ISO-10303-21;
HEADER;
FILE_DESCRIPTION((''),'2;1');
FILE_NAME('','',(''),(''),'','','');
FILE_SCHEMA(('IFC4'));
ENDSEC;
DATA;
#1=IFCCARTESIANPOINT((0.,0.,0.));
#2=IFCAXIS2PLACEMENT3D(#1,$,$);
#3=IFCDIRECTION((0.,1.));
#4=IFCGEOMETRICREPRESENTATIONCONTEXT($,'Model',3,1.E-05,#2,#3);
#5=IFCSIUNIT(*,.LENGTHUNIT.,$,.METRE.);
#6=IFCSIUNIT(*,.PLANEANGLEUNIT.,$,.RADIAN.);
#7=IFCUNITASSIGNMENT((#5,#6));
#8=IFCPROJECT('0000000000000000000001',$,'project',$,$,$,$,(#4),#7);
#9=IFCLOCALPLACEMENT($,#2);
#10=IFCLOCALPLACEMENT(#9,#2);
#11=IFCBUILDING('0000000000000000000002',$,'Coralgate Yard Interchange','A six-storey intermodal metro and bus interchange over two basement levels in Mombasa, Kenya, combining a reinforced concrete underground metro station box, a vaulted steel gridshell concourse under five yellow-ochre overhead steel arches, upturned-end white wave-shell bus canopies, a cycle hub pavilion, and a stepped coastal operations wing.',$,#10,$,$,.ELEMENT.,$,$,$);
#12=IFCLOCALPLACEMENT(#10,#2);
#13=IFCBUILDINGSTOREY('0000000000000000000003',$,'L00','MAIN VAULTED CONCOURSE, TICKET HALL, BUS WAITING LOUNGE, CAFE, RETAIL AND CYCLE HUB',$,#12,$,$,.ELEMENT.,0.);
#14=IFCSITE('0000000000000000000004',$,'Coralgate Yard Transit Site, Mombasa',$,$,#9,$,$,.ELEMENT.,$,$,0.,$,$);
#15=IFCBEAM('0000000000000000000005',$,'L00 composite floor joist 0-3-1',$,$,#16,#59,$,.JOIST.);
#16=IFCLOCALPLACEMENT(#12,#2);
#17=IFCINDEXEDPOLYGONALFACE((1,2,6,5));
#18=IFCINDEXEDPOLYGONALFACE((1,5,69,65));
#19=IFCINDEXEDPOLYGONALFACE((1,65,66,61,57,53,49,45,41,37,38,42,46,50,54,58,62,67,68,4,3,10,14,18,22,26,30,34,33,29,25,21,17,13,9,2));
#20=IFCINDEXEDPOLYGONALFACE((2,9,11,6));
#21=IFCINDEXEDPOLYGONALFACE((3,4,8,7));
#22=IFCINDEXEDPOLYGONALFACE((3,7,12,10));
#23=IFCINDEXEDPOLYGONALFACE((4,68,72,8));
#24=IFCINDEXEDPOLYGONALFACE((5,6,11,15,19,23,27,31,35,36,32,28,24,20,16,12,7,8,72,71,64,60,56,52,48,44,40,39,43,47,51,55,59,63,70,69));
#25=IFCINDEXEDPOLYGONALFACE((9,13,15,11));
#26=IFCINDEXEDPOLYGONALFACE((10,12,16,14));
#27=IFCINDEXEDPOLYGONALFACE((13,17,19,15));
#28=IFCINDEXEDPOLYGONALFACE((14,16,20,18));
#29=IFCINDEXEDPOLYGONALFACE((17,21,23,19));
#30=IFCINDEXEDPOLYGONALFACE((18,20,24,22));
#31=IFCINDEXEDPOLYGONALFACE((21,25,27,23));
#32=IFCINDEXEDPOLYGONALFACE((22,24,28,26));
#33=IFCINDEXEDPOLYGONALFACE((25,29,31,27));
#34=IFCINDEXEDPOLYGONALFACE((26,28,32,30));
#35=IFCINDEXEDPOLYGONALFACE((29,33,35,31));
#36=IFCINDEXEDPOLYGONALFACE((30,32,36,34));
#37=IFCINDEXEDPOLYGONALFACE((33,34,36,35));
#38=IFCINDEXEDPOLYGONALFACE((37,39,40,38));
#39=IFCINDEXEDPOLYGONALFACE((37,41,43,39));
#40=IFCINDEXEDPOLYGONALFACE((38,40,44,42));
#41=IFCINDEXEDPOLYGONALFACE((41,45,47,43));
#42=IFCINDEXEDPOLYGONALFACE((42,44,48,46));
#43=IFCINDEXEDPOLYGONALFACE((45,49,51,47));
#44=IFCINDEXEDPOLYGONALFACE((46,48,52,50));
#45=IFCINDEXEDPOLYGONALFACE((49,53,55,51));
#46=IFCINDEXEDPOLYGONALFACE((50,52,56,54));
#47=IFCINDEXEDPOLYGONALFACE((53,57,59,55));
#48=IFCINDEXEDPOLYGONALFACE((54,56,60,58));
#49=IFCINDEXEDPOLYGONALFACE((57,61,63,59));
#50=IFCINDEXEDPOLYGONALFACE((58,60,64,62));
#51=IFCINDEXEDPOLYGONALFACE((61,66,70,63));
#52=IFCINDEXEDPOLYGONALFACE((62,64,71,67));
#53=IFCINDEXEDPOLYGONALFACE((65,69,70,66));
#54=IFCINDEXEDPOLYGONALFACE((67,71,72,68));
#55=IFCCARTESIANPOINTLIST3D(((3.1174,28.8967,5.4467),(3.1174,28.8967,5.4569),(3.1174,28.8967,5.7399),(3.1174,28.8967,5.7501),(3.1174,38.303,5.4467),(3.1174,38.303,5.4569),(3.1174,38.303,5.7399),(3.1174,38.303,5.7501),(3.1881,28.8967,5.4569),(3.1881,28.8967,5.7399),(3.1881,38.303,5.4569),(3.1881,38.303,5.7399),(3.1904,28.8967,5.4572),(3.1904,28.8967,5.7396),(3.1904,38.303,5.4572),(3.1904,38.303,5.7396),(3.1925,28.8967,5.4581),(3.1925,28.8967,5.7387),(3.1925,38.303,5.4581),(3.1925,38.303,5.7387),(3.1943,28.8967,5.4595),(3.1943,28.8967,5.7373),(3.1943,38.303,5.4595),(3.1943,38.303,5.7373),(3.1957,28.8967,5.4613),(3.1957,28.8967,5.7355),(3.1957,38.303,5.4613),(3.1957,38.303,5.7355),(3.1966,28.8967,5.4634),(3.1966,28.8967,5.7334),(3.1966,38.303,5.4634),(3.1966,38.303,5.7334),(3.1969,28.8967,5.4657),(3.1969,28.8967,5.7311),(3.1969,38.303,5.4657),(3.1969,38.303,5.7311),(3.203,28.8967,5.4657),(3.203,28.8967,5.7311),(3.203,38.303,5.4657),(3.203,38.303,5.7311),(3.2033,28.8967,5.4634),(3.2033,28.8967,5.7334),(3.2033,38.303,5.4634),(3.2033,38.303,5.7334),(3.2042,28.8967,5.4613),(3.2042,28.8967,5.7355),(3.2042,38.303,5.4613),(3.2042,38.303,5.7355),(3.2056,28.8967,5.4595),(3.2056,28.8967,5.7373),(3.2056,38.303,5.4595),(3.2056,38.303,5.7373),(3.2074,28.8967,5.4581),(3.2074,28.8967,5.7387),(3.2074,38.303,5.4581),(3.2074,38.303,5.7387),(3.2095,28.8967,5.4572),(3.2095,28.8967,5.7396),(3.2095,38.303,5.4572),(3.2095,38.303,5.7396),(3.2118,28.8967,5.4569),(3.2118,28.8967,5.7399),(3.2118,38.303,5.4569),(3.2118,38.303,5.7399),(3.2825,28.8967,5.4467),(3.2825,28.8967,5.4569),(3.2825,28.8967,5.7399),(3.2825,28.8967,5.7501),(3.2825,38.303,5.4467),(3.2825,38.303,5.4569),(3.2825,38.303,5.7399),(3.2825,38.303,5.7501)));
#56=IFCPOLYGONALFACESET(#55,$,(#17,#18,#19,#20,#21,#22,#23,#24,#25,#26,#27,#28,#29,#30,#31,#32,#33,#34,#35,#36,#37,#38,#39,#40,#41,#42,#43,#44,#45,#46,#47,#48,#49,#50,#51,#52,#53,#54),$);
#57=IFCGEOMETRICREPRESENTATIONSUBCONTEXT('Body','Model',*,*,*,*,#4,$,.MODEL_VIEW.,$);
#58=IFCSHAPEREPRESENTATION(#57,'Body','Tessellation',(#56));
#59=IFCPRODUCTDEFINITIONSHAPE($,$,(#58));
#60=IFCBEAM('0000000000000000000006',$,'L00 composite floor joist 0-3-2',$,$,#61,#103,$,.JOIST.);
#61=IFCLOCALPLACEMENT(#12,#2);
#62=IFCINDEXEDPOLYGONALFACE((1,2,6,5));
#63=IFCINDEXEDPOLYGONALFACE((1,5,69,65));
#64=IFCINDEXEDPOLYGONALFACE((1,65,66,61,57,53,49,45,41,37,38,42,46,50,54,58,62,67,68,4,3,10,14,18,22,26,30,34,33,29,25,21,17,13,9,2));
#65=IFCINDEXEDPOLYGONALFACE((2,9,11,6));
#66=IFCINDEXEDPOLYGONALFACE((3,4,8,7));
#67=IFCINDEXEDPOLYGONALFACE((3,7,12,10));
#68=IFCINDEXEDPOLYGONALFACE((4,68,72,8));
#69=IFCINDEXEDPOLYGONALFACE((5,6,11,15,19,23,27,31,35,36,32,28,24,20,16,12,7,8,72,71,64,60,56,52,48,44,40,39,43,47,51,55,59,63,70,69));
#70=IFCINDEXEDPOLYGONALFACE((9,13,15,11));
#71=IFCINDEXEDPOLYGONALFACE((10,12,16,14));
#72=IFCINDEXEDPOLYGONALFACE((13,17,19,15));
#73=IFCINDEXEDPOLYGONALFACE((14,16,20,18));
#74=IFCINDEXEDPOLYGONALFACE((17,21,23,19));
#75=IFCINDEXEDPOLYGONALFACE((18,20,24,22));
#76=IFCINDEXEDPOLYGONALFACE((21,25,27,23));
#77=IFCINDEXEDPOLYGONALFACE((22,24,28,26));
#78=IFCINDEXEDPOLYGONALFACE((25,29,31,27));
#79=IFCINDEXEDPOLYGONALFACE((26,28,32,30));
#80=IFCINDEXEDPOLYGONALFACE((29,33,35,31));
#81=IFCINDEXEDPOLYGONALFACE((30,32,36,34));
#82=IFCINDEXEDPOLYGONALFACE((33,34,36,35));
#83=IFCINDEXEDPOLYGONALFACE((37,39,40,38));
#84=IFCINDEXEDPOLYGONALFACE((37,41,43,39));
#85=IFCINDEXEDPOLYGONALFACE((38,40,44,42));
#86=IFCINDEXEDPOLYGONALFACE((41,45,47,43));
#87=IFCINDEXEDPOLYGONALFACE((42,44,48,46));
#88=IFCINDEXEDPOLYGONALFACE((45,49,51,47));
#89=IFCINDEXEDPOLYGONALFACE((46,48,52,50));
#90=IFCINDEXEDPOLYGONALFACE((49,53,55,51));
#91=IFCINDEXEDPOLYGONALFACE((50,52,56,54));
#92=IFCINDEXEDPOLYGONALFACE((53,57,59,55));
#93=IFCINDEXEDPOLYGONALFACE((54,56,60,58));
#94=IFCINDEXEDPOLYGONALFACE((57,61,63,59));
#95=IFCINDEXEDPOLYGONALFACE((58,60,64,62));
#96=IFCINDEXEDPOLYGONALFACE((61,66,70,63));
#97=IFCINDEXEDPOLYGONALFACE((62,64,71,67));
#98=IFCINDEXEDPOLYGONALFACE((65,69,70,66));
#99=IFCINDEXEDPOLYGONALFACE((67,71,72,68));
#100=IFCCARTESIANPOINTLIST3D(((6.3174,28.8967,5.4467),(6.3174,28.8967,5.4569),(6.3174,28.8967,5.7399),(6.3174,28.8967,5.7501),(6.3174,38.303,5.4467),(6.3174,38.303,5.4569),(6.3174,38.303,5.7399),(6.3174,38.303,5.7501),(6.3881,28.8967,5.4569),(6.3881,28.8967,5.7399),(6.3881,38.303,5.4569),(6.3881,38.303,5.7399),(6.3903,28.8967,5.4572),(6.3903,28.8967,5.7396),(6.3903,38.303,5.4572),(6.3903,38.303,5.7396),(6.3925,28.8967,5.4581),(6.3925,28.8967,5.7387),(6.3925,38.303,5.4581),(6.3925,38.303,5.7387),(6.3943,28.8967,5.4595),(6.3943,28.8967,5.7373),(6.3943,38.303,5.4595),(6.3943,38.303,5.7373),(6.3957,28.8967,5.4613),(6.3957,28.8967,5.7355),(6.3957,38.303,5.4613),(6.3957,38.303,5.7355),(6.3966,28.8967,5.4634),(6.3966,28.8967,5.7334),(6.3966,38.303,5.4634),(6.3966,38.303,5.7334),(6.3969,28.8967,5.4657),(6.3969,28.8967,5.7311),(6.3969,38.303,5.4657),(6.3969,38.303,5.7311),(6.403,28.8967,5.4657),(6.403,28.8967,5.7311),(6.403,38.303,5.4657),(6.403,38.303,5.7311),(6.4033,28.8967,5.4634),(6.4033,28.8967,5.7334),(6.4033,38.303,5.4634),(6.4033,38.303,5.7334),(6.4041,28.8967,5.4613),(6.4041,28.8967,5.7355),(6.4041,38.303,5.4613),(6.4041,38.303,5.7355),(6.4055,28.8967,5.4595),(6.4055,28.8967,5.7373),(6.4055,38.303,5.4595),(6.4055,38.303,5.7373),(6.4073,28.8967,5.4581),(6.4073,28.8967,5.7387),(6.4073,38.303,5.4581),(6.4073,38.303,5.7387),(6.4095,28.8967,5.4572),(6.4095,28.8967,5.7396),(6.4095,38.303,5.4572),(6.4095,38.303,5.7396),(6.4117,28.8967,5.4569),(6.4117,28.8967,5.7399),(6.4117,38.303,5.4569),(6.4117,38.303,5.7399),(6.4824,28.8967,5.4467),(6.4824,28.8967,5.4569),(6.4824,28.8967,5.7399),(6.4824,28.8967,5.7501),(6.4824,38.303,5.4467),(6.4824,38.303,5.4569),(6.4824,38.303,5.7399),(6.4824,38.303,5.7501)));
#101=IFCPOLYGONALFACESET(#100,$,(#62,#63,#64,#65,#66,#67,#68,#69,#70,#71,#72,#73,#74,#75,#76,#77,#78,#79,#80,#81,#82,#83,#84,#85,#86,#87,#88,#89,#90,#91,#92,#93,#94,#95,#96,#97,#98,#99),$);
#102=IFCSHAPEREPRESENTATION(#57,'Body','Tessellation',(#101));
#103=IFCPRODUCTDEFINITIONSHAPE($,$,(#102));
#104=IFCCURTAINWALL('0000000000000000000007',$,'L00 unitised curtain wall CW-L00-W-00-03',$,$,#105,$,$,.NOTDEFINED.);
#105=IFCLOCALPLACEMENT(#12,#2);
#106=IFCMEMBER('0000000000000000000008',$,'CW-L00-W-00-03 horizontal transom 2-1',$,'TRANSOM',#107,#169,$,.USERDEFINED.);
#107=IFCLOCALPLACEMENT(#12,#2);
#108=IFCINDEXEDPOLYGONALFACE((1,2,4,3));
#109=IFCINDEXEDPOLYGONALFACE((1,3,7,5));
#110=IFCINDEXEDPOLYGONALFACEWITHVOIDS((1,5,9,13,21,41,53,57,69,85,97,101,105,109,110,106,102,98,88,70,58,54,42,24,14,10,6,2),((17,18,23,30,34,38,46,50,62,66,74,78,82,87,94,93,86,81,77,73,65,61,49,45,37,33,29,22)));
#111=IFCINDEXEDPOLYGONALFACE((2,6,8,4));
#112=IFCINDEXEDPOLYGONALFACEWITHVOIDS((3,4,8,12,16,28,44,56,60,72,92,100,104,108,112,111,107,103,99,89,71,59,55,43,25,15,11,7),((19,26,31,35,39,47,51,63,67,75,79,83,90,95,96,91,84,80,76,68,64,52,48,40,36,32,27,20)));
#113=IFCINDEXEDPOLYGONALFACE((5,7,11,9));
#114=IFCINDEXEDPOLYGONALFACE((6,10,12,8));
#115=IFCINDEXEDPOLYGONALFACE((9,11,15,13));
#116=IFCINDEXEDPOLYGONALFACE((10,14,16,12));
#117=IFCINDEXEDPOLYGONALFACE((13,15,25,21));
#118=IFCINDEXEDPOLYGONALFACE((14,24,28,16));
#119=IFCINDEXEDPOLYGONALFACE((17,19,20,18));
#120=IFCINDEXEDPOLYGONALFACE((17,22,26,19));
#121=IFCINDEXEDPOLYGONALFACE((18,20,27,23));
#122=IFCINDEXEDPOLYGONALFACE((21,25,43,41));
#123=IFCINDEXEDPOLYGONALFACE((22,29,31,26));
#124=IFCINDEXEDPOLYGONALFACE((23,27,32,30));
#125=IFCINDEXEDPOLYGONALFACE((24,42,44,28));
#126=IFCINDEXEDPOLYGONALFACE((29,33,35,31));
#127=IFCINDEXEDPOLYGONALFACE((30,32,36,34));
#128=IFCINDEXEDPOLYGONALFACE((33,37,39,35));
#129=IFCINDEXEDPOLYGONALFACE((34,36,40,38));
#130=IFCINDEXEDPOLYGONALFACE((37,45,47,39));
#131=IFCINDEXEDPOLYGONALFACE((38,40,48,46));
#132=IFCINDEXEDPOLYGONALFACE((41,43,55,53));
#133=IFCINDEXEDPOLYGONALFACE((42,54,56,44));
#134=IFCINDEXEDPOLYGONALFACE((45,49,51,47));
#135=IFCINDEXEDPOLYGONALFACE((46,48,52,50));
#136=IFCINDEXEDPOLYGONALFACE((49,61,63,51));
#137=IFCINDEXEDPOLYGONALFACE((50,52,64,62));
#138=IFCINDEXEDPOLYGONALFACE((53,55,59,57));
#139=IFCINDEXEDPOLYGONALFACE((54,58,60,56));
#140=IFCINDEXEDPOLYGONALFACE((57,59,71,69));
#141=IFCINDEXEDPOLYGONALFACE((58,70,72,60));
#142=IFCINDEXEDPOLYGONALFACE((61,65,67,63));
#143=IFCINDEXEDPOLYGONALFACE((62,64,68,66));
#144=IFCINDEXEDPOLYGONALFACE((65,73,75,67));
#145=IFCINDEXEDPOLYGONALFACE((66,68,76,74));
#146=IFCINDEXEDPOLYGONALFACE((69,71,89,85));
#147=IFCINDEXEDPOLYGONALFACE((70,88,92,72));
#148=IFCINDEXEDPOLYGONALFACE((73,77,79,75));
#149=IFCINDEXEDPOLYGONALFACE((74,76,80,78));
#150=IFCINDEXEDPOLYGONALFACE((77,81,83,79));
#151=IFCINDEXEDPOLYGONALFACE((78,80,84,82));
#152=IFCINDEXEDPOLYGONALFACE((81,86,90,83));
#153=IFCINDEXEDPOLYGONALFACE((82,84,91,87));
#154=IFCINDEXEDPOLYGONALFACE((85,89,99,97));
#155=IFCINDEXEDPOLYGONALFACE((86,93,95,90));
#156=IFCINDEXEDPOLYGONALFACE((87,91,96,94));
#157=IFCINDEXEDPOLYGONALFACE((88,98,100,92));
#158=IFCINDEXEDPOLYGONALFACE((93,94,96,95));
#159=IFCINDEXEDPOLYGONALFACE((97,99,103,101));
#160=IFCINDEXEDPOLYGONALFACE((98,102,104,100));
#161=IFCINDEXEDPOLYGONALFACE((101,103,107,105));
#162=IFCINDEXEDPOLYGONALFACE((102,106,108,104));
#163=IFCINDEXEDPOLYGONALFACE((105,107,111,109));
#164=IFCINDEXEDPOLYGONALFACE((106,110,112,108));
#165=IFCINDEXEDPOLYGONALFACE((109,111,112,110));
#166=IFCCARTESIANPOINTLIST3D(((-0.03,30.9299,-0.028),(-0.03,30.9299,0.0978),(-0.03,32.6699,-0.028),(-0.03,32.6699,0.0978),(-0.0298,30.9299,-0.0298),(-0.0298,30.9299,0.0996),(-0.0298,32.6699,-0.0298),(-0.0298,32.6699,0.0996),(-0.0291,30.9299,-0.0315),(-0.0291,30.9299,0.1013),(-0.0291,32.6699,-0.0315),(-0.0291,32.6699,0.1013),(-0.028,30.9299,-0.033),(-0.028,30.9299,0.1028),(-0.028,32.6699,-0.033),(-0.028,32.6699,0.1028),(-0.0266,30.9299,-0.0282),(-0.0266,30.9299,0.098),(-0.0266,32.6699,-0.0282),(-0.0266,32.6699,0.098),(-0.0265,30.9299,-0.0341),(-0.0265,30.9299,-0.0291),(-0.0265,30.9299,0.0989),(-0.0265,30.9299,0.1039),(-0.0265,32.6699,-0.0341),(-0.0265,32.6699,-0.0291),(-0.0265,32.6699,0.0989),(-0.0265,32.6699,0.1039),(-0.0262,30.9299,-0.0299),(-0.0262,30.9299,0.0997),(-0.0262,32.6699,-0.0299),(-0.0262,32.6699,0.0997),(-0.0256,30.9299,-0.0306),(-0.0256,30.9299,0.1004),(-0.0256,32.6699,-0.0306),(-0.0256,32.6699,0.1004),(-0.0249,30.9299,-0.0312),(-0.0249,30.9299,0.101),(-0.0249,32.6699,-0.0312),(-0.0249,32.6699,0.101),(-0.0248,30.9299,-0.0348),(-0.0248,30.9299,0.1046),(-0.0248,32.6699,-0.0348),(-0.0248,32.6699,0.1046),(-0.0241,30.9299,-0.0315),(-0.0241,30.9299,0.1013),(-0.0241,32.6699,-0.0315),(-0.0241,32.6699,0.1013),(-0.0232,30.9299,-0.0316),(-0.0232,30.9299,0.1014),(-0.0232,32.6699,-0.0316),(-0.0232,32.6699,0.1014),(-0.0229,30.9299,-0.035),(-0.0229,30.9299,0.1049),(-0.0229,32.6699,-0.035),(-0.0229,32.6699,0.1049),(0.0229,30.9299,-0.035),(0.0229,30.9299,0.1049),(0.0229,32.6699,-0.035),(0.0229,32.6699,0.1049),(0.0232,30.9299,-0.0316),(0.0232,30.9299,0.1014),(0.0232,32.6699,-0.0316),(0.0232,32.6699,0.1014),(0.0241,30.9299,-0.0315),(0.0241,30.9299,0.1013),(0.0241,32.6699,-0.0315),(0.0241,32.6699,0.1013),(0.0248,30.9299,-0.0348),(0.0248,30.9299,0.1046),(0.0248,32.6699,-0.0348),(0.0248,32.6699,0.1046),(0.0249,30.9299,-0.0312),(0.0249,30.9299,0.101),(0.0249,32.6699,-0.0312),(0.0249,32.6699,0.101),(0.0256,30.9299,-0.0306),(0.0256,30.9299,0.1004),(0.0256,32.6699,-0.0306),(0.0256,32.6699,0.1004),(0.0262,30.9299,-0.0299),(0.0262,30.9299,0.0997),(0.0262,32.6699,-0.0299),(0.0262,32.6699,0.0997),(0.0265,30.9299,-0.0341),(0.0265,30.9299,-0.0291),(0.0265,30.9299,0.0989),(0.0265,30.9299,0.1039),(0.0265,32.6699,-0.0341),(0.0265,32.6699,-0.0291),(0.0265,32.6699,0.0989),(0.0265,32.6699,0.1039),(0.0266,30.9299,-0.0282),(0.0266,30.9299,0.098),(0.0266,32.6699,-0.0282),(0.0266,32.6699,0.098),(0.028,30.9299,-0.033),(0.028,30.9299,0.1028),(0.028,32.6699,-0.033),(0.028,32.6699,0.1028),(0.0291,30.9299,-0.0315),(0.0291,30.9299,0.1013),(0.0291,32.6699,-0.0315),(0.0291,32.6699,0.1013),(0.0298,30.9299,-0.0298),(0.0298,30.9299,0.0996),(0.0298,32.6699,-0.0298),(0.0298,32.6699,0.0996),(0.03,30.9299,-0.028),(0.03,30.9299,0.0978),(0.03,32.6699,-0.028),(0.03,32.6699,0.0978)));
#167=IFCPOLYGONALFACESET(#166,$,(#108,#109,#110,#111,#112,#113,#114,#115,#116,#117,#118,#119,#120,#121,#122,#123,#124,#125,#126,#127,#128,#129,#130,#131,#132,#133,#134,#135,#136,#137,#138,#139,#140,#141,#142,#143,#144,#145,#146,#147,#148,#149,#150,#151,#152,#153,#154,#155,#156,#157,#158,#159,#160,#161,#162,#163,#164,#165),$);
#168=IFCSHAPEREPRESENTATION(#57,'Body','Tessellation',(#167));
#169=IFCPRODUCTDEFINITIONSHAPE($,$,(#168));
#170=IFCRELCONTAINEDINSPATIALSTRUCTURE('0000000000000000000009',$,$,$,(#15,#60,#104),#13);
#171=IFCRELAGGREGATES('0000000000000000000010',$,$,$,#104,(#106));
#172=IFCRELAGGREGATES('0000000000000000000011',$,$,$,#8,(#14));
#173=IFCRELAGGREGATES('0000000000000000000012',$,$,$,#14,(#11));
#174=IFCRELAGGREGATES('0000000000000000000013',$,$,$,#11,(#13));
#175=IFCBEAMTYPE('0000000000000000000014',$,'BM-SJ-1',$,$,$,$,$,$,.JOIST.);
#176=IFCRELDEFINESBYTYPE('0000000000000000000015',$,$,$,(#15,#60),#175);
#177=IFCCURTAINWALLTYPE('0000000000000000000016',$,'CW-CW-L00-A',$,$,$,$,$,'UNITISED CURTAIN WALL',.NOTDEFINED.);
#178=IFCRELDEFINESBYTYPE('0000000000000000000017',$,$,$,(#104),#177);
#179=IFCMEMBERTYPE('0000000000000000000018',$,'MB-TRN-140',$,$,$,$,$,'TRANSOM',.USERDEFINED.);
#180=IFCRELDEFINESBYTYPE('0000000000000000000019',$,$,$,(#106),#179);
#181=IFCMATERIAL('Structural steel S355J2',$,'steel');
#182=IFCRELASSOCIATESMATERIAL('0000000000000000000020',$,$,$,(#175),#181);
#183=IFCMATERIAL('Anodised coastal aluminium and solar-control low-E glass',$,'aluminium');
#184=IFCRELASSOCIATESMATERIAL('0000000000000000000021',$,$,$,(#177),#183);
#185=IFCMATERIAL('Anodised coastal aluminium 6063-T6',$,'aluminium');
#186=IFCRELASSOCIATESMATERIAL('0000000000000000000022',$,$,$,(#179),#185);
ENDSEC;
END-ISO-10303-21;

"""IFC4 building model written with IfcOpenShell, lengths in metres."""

from ifc_helpers import new_model, si_unit, direction, frame, origin, origin_2d, place, context, subcontext, project, spatial, hollow_rectangle, i_section, extrude, material, material_profile, profile_set, type_object, element, aggregate, save


model = new_model("IFC4")

# Units and contexts
model_context = context("Model", 3, precision=1e-05, world=origin(), true_north=direction((0.0, 1.0)))
body_context = subcontext(model_context, "Body", "Model", "MODEL_VIEW")
ifc_project = project(units=[si_unit("LENGTHUNIT", "METRE"), si_unit("PLANEANGLEUNIT", "RADIAN")], contexts=[model_context])

# Site, building, storey
site_placement = place(None, origin())
site = spatial("IfcSite", under=ifc_project, at=site_placement, Name="Coralgate Yard Transit Site, Mombasa", CompositionType="ELEMENT", RefElevation=0.0)
building_placement = place(site_placement, origin())
building = spatial("IfcBuilding", under=site, at=building_placement, Name="Coralgate Yard Interchange", Description="A six-storey intermodal metro and bus interchange over two basement levels in Mombasa, Kenya, combining a reinforced concrete underground metro station box, a vaulted steel gridshell concourse under five yellow-ochre overhead steel arches, upturned-end white wave-shell bus canopies, a cycle hub pavilion, and a stepped coastal operations wing.", CompositionType="ELEMENT")
storey_placement = place(building_placement, origin())
storey = spatial("IfcBuildingStorey", under=building, at=storey_placement, Name="L00", Description="MAIN VAULTED CONCOURSE, TICKET HALL, BUS WAITING LOUNGE, CAFE, RETAIL AND CYCLE HUB", CompositionType="ELEMENT", Elevation=0.0)

# Shared definitions
ifc_material_1 = material(Name="Structural steel S355J2", Category="steel")

# Beams
ifc_material_profile_1 = material_profile(ifc_material_1, i_section(OverallWidth=0.165, OverallDepth=0.3035, WebThickness=0.0061, FlangeThickness=0.0103, FilletRadius=0.0088, at=origin_2d()), Name="UB 305x165x40")
ifc_profile_set_1 = profile_set([ifc_material_profile_1], Name="Structural steel S355J2")
beam_type_1 = type_object("IfcBeamType", Name="BM-SJ-1", PredefinedType="JOIST", material=ifc_profile_set_1)
for number, where, z_axis, x_axis, name in (
    (1, (3.2, 28.8967, 5.5984), (0.0, 1.0, 0.0), (-1.0, 0.0, 0.0), "L00 composite floor joist 0-3-1"),
    (2, (6.3999, 28.8967, 5.5984), (0.0, 1.0, 0.0), (-1.0, 0.0, 0.0), "L00 composite floor joist 0-3-2"),
):
    element("IfcBeam", number, at=place(storey_placement, frame(where, z_axis=z_axis, x_axis=x_axis)), inside=storey, type_object=beam_type_1, Name=name, PredefinedType="JOIST", context=body_context, shape_type="SweptSolid", body=[
        extrude(i_section(OverallWidth=0.165, OverallDepth=0.3035, WebThickness=0.0061, FlangeThickness=0.0103, FilletRadius=0.0088, at=origin_2d()), origin(), (0.0, 0.0, 1.0), 9.4062),
    ])

# Curtain wall, member
ifc_material_2 = material(Name="Anodised coastal aluminium and solar-control low-E glass", Category="aluminium")
curtain_wall_type = type_object("IfcCurtainWallType", Name="CW-CW-L00-A", ElementType="UNITISED CURTAIN WALL", PredefinedType="NOTDEFINED", material=ifc_material_2)
curtain_wall_placement = place(storey_placement, origin())
curtain_wall = element("IfcCurtainWall", 3, at=curtain_wall_placement, inside=storey, type_object=curtain_wall_type, Name="L00 unitised curtain wall CW-L00-W-00-03", PredefinedType="NOTDEFINED")
ifc_material_3 = material(Name="Anodised coastal aluminium 6063-T6", Category="aluminium")
ifc_material_profile_2 = material_profile(ifc_material_3, hollow_rectangle(XDim=0.0601, YDim=0.1399, WallThickness=0.0034, InnerFilletRadius=0.0034, OuterFilletRadius=0.0071, at=origin_2d()), Name="ALU 60x140x3.5")
ifc_profile_set_2 = profile_set([ifc_material_profile_2], Name="Anodised coastal aluminium 6063-T6")
member_type = type_object("IfcMemberType", Name="MB-TRN-140", ElementType="TRANSOM", PredefinedType="USERDEFINED", material=ifc_profile_set_2)
member_1_placement = place(storey_placement, frame((0.0, 30.9299, 0.0349), z_axis=(0.0, 1.0, 0.0), x_axis=(-1.0, 0.0, 0.0)))
member_1 = element("IfcMember", 4, at=member_1_placement, type_object=member_type, Name="CW-L00-W-00-03 horizontal transom 2-1", ObjectType="TRANSOM", PredefinedType="USERDEFINED", context=body_context, shape_type="SweptSolid", body=[
    extrude(hollow_rectangle(XDim=0.0601, YDim=0.1399, WallThickness=0.0034, InnerFilletRadius=0.0034, OuterFilletRadius=0.0071, at=origin_2d()), origin(), (0.0, 0.0, 1.0), 1.74),
])
aggregate(curtain_wall, [member_1])

save(model, "model.ifc")
